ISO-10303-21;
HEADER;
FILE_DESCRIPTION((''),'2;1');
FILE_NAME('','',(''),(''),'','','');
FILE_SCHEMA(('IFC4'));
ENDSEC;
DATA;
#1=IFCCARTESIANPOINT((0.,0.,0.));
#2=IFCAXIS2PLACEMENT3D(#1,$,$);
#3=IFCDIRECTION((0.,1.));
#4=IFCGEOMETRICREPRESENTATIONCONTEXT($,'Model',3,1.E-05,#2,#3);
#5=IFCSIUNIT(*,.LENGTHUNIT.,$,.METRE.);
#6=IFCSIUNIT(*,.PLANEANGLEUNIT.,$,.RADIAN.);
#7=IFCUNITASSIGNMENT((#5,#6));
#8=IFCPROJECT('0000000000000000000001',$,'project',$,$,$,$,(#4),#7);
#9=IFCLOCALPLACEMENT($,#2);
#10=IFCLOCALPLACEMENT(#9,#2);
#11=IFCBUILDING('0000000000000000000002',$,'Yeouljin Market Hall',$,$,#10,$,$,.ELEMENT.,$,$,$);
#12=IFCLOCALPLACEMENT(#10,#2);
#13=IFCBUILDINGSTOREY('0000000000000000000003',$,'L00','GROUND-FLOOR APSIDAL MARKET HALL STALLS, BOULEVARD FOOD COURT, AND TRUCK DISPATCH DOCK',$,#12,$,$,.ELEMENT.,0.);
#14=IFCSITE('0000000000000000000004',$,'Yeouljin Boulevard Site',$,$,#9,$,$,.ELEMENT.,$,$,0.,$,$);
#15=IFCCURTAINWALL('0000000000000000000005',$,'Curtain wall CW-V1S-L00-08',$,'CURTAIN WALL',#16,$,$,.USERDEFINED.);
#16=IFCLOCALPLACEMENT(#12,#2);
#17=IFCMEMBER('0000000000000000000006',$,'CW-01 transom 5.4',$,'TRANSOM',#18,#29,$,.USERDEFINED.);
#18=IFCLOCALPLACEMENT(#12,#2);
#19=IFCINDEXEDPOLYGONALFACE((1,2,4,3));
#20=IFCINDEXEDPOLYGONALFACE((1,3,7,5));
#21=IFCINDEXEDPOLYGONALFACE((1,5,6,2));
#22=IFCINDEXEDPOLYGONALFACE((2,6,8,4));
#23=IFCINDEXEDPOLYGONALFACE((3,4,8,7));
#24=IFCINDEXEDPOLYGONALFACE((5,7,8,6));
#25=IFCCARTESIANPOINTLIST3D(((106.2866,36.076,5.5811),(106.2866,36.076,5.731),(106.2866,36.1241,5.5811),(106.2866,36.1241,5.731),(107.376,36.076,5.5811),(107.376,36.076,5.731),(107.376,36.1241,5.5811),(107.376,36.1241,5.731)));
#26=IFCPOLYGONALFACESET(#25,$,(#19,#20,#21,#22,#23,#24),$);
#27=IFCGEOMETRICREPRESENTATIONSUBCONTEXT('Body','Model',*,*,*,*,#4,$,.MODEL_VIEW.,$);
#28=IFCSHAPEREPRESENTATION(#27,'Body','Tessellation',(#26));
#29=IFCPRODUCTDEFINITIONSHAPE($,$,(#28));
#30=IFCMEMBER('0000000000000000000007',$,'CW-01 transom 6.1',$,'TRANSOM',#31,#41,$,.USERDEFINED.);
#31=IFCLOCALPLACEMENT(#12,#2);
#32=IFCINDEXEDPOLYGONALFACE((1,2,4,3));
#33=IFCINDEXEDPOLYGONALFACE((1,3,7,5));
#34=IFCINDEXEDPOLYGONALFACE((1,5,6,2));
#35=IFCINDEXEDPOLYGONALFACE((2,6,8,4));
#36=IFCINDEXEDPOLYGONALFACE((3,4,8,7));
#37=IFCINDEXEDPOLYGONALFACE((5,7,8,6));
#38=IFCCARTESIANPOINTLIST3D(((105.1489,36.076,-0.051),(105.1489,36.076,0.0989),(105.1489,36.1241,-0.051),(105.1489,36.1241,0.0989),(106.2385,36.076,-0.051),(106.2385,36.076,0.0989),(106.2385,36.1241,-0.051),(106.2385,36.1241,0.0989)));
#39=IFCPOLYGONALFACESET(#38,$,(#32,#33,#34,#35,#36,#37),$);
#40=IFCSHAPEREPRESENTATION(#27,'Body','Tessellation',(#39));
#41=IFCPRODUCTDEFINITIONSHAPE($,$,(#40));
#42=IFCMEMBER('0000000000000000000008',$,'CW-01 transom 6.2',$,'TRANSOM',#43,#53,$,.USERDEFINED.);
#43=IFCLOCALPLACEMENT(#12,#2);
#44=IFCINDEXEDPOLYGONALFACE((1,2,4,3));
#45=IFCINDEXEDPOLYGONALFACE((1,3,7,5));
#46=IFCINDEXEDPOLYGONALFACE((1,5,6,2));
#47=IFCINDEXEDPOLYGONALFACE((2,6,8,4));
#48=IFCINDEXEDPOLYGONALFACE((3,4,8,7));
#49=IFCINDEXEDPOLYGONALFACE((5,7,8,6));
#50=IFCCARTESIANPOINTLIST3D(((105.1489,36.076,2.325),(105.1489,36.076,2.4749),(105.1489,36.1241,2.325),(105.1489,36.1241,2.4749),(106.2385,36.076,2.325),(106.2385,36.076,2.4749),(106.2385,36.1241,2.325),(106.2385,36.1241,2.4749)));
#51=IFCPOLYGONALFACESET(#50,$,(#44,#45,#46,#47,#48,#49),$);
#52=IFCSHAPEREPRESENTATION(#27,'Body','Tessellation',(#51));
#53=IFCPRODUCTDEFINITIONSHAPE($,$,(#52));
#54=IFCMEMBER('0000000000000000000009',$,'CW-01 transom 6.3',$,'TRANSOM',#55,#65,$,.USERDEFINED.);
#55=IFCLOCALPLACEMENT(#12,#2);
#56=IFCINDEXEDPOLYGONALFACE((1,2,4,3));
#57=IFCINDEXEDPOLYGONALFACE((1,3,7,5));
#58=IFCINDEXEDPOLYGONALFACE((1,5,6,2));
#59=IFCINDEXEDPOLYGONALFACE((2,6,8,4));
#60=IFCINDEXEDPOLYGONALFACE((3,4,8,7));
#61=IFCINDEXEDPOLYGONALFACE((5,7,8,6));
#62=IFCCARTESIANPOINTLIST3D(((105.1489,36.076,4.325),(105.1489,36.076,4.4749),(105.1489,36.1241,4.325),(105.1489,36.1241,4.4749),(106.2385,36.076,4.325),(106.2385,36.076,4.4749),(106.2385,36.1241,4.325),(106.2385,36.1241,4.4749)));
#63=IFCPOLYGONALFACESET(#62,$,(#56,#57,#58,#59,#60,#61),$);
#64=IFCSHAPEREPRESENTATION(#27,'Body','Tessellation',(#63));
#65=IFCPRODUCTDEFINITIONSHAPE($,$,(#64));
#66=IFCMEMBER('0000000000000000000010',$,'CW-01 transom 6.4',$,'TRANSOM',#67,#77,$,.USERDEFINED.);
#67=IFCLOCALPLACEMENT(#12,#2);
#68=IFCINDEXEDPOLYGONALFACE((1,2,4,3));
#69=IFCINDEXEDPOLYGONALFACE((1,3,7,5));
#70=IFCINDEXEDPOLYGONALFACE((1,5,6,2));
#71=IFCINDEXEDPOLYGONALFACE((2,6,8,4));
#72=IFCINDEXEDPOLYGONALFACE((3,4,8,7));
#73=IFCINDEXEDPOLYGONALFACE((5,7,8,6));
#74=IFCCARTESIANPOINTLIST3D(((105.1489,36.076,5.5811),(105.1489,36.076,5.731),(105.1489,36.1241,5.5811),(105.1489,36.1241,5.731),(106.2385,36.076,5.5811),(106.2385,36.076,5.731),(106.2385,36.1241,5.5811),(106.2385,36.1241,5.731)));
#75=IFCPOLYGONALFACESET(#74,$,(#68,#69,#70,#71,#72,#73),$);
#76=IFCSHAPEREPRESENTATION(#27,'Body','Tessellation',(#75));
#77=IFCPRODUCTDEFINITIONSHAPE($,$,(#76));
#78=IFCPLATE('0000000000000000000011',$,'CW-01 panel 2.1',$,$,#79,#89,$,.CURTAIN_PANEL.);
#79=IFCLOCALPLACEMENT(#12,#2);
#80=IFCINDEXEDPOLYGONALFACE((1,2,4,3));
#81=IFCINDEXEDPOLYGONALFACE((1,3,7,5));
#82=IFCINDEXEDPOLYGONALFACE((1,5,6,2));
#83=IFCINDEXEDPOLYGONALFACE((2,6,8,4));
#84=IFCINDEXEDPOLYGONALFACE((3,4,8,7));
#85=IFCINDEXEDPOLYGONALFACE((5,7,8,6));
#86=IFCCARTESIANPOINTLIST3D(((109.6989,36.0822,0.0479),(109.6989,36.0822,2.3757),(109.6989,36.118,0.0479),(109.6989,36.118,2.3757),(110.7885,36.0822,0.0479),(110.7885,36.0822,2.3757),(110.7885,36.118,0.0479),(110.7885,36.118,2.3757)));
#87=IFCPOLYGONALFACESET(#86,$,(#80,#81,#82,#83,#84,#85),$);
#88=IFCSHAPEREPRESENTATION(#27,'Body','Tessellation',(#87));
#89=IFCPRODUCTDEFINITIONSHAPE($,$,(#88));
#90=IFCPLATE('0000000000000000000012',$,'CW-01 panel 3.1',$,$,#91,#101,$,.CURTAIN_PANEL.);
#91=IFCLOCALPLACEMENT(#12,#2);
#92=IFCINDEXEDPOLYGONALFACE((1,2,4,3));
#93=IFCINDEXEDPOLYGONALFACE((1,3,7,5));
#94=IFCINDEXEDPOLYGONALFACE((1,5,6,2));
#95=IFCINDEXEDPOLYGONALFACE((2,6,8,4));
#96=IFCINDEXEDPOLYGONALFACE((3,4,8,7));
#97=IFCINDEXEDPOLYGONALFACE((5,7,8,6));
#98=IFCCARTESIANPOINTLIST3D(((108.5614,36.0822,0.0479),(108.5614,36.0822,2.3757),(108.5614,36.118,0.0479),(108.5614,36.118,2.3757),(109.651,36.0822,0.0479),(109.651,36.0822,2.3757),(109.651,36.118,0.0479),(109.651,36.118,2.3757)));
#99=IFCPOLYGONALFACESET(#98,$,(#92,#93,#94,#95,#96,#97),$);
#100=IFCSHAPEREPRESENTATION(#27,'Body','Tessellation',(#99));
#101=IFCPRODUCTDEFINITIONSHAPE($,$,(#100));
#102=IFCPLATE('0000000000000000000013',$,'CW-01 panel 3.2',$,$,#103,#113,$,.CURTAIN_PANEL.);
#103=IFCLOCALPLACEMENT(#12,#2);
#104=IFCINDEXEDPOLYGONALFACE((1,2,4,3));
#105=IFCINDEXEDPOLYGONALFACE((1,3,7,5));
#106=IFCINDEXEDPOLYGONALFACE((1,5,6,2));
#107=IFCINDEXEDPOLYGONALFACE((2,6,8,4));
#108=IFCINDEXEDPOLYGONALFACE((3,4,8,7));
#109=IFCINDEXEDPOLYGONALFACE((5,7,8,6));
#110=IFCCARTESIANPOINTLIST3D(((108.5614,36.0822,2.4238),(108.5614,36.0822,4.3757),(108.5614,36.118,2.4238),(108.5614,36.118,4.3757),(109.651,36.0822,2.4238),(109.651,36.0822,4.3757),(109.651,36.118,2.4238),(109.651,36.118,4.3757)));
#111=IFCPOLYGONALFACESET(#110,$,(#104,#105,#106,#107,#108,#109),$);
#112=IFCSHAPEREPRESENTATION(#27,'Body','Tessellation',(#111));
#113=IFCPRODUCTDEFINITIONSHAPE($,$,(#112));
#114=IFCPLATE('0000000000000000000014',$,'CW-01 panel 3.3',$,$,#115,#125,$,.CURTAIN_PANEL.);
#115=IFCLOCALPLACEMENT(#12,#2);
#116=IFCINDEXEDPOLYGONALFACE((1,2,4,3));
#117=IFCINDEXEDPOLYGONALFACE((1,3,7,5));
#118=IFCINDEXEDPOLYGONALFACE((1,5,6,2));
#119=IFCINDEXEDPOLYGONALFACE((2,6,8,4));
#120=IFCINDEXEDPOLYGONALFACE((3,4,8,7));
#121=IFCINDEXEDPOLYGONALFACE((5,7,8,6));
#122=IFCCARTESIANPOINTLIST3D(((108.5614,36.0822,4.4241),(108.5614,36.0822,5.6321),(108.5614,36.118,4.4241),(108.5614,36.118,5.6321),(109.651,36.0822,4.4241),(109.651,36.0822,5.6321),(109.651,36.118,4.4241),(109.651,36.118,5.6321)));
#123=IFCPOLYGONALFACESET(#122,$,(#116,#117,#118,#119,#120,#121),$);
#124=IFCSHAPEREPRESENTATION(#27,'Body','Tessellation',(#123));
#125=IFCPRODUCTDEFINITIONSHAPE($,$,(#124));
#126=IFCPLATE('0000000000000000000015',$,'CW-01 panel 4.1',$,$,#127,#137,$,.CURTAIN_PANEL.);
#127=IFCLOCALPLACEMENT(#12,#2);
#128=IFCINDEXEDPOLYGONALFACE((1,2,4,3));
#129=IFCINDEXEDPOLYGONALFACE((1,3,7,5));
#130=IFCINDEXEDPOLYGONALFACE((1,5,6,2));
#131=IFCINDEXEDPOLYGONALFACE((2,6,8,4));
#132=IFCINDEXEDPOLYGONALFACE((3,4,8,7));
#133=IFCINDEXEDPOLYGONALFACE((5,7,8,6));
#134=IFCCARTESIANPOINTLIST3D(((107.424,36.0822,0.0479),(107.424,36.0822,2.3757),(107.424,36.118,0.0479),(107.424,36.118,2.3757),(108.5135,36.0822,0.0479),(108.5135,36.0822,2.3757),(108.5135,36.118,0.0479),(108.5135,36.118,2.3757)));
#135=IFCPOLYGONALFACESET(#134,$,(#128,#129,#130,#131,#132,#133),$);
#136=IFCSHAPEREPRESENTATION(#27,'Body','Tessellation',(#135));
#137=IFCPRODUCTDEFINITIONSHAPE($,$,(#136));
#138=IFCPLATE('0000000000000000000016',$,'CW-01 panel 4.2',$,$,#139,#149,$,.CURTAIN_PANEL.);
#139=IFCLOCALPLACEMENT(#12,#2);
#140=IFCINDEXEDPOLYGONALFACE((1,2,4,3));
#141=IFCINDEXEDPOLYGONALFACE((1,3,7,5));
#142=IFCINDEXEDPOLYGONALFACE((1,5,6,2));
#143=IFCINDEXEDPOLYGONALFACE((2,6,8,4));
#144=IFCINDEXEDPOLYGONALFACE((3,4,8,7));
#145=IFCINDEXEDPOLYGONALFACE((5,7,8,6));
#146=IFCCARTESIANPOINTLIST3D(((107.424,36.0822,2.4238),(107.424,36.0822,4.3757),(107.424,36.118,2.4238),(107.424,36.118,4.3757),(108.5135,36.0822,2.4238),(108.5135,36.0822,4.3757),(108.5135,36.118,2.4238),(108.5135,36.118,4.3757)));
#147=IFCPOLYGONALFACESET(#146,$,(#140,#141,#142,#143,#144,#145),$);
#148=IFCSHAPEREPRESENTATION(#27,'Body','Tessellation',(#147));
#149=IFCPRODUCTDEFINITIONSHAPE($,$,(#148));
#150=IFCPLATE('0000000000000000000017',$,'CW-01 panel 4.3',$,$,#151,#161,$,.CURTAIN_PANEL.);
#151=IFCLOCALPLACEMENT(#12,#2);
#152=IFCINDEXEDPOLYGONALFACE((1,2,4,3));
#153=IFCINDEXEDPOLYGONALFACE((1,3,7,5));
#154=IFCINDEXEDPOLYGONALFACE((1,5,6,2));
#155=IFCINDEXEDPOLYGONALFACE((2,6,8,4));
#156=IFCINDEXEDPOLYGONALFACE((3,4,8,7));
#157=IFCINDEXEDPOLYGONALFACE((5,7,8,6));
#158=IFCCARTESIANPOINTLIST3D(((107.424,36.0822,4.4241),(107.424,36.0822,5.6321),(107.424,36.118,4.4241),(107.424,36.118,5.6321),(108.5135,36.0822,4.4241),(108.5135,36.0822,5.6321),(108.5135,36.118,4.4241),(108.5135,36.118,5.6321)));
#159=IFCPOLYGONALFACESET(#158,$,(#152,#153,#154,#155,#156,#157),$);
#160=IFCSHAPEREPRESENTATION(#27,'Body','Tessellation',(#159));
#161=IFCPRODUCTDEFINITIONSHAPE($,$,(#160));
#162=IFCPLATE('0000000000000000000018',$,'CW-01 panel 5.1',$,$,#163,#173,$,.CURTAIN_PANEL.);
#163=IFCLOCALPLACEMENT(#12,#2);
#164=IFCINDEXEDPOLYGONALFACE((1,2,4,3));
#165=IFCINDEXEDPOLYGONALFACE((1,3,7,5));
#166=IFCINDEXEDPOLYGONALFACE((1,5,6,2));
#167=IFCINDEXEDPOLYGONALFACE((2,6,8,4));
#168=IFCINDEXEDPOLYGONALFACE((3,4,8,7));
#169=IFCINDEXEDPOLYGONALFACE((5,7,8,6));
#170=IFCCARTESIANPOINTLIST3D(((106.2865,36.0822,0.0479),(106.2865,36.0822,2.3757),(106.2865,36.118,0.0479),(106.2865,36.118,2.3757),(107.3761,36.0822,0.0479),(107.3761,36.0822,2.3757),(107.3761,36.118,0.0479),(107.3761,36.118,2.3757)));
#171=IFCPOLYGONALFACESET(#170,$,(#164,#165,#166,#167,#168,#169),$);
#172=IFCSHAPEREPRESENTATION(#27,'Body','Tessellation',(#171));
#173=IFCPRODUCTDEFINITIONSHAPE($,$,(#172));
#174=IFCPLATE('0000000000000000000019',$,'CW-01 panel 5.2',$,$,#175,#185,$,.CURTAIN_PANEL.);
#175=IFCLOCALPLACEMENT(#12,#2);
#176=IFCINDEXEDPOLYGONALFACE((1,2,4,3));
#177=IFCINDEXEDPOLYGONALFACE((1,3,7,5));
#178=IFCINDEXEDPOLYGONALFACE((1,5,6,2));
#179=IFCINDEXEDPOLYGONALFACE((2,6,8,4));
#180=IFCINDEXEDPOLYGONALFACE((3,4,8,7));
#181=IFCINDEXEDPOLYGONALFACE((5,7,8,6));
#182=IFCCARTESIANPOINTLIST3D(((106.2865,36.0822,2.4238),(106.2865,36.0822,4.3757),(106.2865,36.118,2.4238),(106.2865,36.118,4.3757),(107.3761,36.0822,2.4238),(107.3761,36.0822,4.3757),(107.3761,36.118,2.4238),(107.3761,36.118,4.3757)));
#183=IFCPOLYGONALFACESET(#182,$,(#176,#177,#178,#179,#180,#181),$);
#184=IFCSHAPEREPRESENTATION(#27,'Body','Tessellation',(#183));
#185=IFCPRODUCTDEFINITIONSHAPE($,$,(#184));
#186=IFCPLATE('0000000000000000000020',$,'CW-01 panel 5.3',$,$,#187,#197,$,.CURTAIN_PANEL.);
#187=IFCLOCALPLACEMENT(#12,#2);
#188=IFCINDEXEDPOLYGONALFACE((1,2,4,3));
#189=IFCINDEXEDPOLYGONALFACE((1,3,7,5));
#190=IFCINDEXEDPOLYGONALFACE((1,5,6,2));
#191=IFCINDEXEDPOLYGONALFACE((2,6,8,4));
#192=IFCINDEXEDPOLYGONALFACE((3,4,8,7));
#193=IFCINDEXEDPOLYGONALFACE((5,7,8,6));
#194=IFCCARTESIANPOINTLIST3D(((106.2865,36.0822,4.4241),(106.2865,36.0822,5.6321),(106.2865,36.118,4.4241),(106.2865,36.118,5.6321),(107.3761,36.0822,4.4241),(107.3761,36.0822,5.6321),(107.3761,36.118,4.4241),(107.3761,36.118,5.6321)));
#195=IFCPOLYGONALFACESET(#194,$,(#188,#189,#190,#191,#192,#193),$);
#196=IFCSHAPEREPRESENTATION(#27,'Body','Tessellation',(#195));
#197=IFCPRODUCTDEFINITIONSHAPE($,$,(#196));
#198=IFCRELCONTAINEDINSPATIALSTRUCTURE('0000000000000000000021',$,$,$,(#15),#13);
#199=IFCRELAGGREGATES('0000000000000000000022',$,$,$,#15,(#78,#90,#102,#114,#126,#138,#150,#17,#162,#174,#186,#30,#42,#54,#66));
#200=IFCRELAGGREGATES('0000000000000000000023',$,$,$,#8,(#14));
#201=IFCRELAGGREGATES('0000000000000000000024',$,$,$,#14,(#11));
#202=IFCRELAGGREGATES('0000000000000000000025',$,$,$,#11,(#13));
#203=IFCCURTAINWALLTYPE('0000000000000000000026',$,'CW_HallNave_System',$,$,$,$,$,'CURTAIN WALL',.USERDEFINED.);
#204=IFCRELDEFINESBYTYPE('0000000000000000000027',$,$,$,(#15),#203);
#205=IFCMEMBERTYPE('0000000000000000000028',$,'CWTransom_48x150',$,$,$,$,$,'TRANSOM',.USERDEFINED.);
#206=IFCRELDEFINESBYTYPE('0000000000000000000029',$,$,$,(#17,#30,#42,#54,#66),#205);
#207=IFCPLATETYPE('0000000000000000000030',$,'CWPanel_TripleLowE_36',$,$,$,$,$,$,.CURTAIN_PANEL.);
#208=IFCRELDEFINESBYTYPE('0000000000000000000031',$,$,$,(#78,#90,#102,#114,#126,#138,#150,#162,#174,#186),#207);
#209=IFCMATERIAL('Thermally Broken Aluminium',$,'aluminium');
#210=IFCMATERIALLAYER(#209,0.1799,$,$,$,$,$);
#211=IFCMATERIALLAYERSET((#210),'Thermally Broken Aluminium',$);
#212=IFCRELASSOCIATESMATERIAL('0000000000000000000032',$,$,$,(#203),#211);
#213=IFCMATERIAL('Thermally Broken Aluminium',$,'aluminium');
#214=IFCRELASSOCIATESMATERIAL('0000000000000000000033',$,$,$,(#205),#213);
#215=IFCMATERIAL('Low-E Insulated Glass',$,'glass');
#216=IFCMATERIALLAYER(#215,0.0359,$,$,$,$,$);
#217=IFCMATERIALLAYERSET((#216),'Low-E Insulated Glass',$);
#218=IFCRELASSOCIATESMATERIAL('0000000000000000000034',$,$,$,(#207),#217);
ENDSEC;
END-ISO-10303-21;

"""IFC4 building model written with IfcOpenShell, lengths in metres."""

from ifc_helpers import new_model, si_unit, direction, frame, origin, origin_2d, place, context, subcontext, project, spatial, rectangle, extrude, material, layer, layer_set, material_profile, profile_set, type_object, element, aggregate, save


model = new_model("IFC4")

# Units and contexts
model_context = context("Model", 3, precision=1e-05, world=origin(), true_north=direction((0.0, 1.0)))
body_context = subcontext(model_context, "Body", "Model", "MODEL_VIEW")
ifc_project = project(units=[si_unit("LENGTHUNIT", "METRE"), si_unit("PLANEANGLEUNIT", "RADIAN")], contexts=[model_context])

# Site, building, storey
site_placement = place(None, origin())
site = spatial("IfcSite", under=ifc_project, at=site_placement, Name="Yeouljin Boulevard Site", CompositionType="ELEMENT", RefElevation=0.0)
building_placement = place(site_placement, origin())
building = spatial("IfcBuilding", under=site, at=building_placement, Name="Yeouljin Market Hall", CompositionType="ELEMENT")
storey_placement = place(building_placement, origin())
storey = spatial("IfcBuildingStorey", under=building, at=storey_placement, Name="L00", Description="GROUND-FLOOR APSIDAL MARKET HALL STALLS, BOULEVARD FOOD COURT, AND TRUCK DISPATCH DOCK", CompositionType="ELEMENT", Elevation=0.0)

# Curtain wall, members, plates
ifc_material_1 = material(Name="Thermally Broken Aluminium", Category="aluminium")
ifc_layer_1 = layer(ifc_material_1, 0.1799)
ifc_layer_set_1 = layer_set([ifc_layer_1], Name="Thermally Broken Aluminium")
curtain_wall_type = type_object("IfcCurtainWallType", Name="CW_HallNave_System", ElementType="CURTAIN WALL", PredefinedType="USERDEFINED", material=ifc_layer_set_1)
curtain_wall_placement = place(storey_placement, origin())
curtain_wall = element("IfcCurtainWall", 1, at=curtain_wall_placement, inside=storey, type_object=curtain_wall_type, Name="Curtain wall CW-V1S-L00-08", ObjectType="CURTAIN WALL", PredefinedType="USERDEFINED")
ifc_material_2 = material(Name="Thermally Broken Aluminium", Category="aluminium")
ifc_material_profile_1 = material_profile(ifc_material_2, rectangle(XDim=0.0481, YDim=0.1499, at=origin_2d()), Name="CW-TRAN-48x150")
ifc_profile_set_1 = profile_set([ifc_material_profile_1], Name="Thermally Broken Aluminium")
member_type_1 = type_object("IfcMemberType", Name="CWTransom_48x150", ElementType="TRANSOM", PredefinedType="USERDEFINED", material=ifc_profile_set_1)
member_1_placement = place(storey_placement, frame((107.376, 36.1001, 5.656), z_axis=(-1.0, 0.0, 0.0), x_axis=(0.0, -1.0, 0.0)))
member_1 = element("IfcMember", 2, at=member_1_placement, type_object=member_type_1, Name="CW-01 transom 5.4", ObjectType="TRANSOM", PredefinedType="USERDEFINED", context=body_context, shape_type="SweptSolid", body=[
    extrude(rectangle(XDim=0.0481, YDim=0.1499, at=origin_2d()), origin(), (0.0, 0.0, 1.0), 1.0894),
])
member_2_placement = place(storey_placement, frame((106.2385, 36.1001, 0.0239), z_axis=(-1.0, 0.0, 0.0), x_axis=(0.0, -1.0, 0.0)))
member_2 = element("IfcMember", 3, at=member_2_placement, type_object=member_type_1, Name="CW-01 transom 6.1", ObjectType="TRANSOM", PredefinedType="USERDEFINED", context=body_context, shape_type="SweptSolid", body=[
    extrude(rectangle(XDim=0.0481, YDim=0.1499, at=origin_2d()), origin(), (0.0, 0.0, 1.0), 1.0896),
])
member_3_placement = place(storey_placement, frame((106.2385, 36.1001, 2.3999), z_axis=(-1.0, 0.0, 0.0), x_axis=(0.0, -1.0, 0.0)))
member_3 = element("IfcMember", 4, at=member_3_placement, type_object=member_type_1, Name="CW-01 transom 6.2", ObjectType="TRANSOM", PredefinedType="USERDEFINED", context=body_context, shape_type="SweptSolid", body=[
    extrude(rectangle(XDim=0.0481, YDim=0.1499, at=origin_2d()), origin(), (0.0, 0.0, 1.0), 1.0896),
])
member_4_placement = place(storey_placement, frame((106.2385, 36.1001, 4.3999), z_axis=(-1.0, 0.0, 0.0), x_axis=(0.0, -1.0, 0.0)))
member_4 = element("IfcMember", 5, at=member_4_placement, type_object=member_type_1, Name="CW-01 transom 6.3", ObjectType="TRANSOM", PredefinedType="USERDEFINED", context=body_context, shape_type="SweptSolid", body=[
    extrude(rectangle(XDim=0.0481, YDim=0.1499, at=origin_2d()), origin(), (0.0, 0.0, 1.0), 1.0896),
])
member_5_placement = place(storey_placement, frame((106.2385, 36.1001, 5.656), z_axis=(-1.0, 0.0, 0.0), x_axis=(0.0, -1.0, 0.0)))
member_5 = element("IfcMember", 6, at=member_5_placement, type_object=member_type_1, Name="CW-01 transom 6.4", ObjectType="TRANSOM", PredefinedType="USERDEFINED", context=body_context, shape_type="SweptSolid", body=[
    extrude(rectangle(XDim=0.0481, YDim=0.1499, at=origin_2d()), origin(), (0.0, 0.0, 1.0), 1.0896),
])
ifc_material_3 = material(Name="Low-E Insulated Glass", Category="glass")
ifc_layer_2 = layer(ifc_material_3, 0.0359)
ifc_layer_set_2 = layer_set([ifc_layer_2], Name="Low-E Insulated Glass")
plate_type = type_object("IfcPlateType", Name="CWPanel_TripleLowE_36", PredefinedType="CURTAIN_PANEL", material=ifc_layer_set_2)
plate_1_placement = place(storey_placement, frame((110.2437, 36.1001, 0.0479), z_axis=(0.0, 0.0, 1.0), x_axis=(-1.0, 0.0, 0.0)))
plate_1 = element("IfcPlate", 7, at=plate_1_placement, type_object=plate_type, Name="CW-01 panel 2.1", PredefinedType="CURTAIN_PANEL", context=body_context, shape_type="SweptSolid", body=[
    extrude(rectangle(XDim=1.0896, YDim=0.0359, at=origin_2d()), origin(), (0.0, 0.0, 1.0), 2.3279),
])
plate_2_placement = place(storey_placement, frame((109.1062, 36.1001, 0.0479), z_axis=(0.0, 0.0, 1.0), x_axis=(-1.0, 0.0, 0.0)))
plate_2 = element("IfcPlate", 8, at=plate_2_placement, type_object=plate_type, Name="CW-01 panel 3.1", PredefinedType="CURTAIN_PANEL", context=body_context, shape_type="SweptSolid", body=[
    extrude(rectangle(XDim=1.0896, YDim=0.0359, at=origin_2d()), origin(), (0.0, 0.0, 1.0), 2.3279),
])
plate_3_placement = place(storey_placement, frame((109.1062, 36.1001, 2.4238), z_axis=(0.0, 0.0, 1.0), x_axis=(-1.0, 0.0, 0.0)))
plate_3 = element("IfcPlate", 9, at=plate_3_placement, type_object=plate_type, Name="CW-01 panel 3.2", PredefinedType="CURTAIN_PANEL", context=body_context, shape_type="SweptSolid", body=[
    extrude(rectangle(XDim=1.0896, YDim=0.0359, at=origin_2d()), origin(), (0.0, 0.0, 1.0), 1.9519),
])
plate_4_placement = place(storey_placement, frame((109.1062, 36.1001, 4.4241), z_axis=(0.0, 0.0, 1.0), x_axis=(-1.0, 0.0, 0.0)))
plate_4 = element("IfcPlate", 10, at=plate_4_placement, type_object=plate_type, Name="CW-01 panel 3.3", PredefinedType="CURTAIN_PANEL", context=body_context, shape_type="SweptSolid", body=[
    extrude(rectangle(XDim=1.0896, YDim=0.0359, at=origin_2d()), origin(), (0.0, 0.0, 1.0), 1.208),
])
plate_5_placement = place(storey_placement, frame((107.9688, 36.1001, 0.0479), z_axis=(0.0, 0.0, 1.0), x_axis=(-1.0, 0.0, 0.0)))
plate_5 = element("IfcPlate", 11, at=plate_5_placement, type_object=plate_type, Name="CW-01 panel 4.1", PredefinedType="CURTAIN_PANEL", context=body_context, shape_type="SweptSolid", body=[
    extrude(rectangle(XDim=1.0896, YDim=0.0359, at=origin_2d()), origin(), (0.0, 0.0, 1.0), 2.3279),
])
plate_6_placement = place(storey_placement, frame((107.9688, 36.1001, 2.4238), z_axis=(0.0, 0.0, 1.0), x_axis=(-1.0, 0.0, 0.0)))
plate_6 = element("IfcPlate", 12, at=plate_6_placement, type_object=plate_type, Name="CW-01 panel 4.2", PredefinedType="CURTAIN_PANEL", context=body_context, shape_type="SweptSolid", body=[
    extrude(rectangle(XDim=1.0896, YDim=0.0359, at=origin_2d()), origin(), (0.0, 0.0, 1.0), 1.9519),
])
plate_7_placement = place(storey_placement, frame((107.9688, 36.1001, 4.4241), z_axis=(0.0, 0.0, 1.0), x_axis=(-1.0, 0.0, 0.0)))
plate_7 = element("IfcPlate", 13, at=plate_7_placement, type_object=plate_type, Name="CW-01 panel 4.3", PredefinedType="CURTAIN_PANEL", context=body_context, shape_type="SweptSolid", body=[
    extrude(rectangle(XDim=1.0896, YDim=0.0359, at=origin_2d()), origin(), (0.0, 0.0, 1.0), 1.208),
])
plate_8_placement = place(storey_placement, frame((106.8313, 36.1001, 0.0479), z_axis=(0.0, 0.0, 1.0), x_axis=(-1.0, 0.0, 0.0)))
plate_8 = element("IfcPlate", 14, at=plate_8_placement, type_object=plate_type, Name="CW-01 panel 5.1", PredefinedType="CURTAIN_PANEL", context=body_context, shape_type="SweptSolid", body=[
    extrude(rectangle(XDim=1.0896, YDim=0.0359, at=origin_2d()), origin(), (0.0, 0.0, 1.0), 2.3279),
])
plate_9_placement = place(storey_placement, frame((106.8313, 36.1001, 2.4238), z_axis=(0.0, 0.0, 1.0), x_axis=(-1.0, 0.0, 0.0)))
plate_9 = element("IfcPlate", 15, at=plate_9_placement, type_object=plate_type, Name="CW-01 panel 5.2", PredefinedType="CURTAIN_PANEL", context=body_context, shape_type="SweptSolid", body=[
    extrude(rectangle(XDim=1.0896, YDim=0.0359, at=origin_2d()), origin(), (0.0, 0.0, 1.0), 1.9519),
])
plate_10_placement = place(storey_placement, frame((106.8313, 36.1001, 4.4241), z_axis=(0.0, 0.0, 1.0), x_axis=(-1.0, 0.0, 0.0)))
plate_10 = element("IfcPlate", 16, at=plate_10_placement, type_object=plate_type, Name="CW-01 panel 5.3", PredefinedType="CURTAIN_PANEL", context=body_context, shape_type="SweptSolid", body=[
    extrude(rectangle(XDim=1.0896, YDim=0.0359, at=origin_2d()), origin(), (0.0, 0.0, 1.0), 1.208),
])
aggregate(curtain_wall, [plate_1, plate_2, plate_3, plate_4, plate_5, plate_6, plate_7, member_1, plate_8, plate_9, plate_10, member_2, member_3, member_4, member_5])

save(model, "model.ifc")
